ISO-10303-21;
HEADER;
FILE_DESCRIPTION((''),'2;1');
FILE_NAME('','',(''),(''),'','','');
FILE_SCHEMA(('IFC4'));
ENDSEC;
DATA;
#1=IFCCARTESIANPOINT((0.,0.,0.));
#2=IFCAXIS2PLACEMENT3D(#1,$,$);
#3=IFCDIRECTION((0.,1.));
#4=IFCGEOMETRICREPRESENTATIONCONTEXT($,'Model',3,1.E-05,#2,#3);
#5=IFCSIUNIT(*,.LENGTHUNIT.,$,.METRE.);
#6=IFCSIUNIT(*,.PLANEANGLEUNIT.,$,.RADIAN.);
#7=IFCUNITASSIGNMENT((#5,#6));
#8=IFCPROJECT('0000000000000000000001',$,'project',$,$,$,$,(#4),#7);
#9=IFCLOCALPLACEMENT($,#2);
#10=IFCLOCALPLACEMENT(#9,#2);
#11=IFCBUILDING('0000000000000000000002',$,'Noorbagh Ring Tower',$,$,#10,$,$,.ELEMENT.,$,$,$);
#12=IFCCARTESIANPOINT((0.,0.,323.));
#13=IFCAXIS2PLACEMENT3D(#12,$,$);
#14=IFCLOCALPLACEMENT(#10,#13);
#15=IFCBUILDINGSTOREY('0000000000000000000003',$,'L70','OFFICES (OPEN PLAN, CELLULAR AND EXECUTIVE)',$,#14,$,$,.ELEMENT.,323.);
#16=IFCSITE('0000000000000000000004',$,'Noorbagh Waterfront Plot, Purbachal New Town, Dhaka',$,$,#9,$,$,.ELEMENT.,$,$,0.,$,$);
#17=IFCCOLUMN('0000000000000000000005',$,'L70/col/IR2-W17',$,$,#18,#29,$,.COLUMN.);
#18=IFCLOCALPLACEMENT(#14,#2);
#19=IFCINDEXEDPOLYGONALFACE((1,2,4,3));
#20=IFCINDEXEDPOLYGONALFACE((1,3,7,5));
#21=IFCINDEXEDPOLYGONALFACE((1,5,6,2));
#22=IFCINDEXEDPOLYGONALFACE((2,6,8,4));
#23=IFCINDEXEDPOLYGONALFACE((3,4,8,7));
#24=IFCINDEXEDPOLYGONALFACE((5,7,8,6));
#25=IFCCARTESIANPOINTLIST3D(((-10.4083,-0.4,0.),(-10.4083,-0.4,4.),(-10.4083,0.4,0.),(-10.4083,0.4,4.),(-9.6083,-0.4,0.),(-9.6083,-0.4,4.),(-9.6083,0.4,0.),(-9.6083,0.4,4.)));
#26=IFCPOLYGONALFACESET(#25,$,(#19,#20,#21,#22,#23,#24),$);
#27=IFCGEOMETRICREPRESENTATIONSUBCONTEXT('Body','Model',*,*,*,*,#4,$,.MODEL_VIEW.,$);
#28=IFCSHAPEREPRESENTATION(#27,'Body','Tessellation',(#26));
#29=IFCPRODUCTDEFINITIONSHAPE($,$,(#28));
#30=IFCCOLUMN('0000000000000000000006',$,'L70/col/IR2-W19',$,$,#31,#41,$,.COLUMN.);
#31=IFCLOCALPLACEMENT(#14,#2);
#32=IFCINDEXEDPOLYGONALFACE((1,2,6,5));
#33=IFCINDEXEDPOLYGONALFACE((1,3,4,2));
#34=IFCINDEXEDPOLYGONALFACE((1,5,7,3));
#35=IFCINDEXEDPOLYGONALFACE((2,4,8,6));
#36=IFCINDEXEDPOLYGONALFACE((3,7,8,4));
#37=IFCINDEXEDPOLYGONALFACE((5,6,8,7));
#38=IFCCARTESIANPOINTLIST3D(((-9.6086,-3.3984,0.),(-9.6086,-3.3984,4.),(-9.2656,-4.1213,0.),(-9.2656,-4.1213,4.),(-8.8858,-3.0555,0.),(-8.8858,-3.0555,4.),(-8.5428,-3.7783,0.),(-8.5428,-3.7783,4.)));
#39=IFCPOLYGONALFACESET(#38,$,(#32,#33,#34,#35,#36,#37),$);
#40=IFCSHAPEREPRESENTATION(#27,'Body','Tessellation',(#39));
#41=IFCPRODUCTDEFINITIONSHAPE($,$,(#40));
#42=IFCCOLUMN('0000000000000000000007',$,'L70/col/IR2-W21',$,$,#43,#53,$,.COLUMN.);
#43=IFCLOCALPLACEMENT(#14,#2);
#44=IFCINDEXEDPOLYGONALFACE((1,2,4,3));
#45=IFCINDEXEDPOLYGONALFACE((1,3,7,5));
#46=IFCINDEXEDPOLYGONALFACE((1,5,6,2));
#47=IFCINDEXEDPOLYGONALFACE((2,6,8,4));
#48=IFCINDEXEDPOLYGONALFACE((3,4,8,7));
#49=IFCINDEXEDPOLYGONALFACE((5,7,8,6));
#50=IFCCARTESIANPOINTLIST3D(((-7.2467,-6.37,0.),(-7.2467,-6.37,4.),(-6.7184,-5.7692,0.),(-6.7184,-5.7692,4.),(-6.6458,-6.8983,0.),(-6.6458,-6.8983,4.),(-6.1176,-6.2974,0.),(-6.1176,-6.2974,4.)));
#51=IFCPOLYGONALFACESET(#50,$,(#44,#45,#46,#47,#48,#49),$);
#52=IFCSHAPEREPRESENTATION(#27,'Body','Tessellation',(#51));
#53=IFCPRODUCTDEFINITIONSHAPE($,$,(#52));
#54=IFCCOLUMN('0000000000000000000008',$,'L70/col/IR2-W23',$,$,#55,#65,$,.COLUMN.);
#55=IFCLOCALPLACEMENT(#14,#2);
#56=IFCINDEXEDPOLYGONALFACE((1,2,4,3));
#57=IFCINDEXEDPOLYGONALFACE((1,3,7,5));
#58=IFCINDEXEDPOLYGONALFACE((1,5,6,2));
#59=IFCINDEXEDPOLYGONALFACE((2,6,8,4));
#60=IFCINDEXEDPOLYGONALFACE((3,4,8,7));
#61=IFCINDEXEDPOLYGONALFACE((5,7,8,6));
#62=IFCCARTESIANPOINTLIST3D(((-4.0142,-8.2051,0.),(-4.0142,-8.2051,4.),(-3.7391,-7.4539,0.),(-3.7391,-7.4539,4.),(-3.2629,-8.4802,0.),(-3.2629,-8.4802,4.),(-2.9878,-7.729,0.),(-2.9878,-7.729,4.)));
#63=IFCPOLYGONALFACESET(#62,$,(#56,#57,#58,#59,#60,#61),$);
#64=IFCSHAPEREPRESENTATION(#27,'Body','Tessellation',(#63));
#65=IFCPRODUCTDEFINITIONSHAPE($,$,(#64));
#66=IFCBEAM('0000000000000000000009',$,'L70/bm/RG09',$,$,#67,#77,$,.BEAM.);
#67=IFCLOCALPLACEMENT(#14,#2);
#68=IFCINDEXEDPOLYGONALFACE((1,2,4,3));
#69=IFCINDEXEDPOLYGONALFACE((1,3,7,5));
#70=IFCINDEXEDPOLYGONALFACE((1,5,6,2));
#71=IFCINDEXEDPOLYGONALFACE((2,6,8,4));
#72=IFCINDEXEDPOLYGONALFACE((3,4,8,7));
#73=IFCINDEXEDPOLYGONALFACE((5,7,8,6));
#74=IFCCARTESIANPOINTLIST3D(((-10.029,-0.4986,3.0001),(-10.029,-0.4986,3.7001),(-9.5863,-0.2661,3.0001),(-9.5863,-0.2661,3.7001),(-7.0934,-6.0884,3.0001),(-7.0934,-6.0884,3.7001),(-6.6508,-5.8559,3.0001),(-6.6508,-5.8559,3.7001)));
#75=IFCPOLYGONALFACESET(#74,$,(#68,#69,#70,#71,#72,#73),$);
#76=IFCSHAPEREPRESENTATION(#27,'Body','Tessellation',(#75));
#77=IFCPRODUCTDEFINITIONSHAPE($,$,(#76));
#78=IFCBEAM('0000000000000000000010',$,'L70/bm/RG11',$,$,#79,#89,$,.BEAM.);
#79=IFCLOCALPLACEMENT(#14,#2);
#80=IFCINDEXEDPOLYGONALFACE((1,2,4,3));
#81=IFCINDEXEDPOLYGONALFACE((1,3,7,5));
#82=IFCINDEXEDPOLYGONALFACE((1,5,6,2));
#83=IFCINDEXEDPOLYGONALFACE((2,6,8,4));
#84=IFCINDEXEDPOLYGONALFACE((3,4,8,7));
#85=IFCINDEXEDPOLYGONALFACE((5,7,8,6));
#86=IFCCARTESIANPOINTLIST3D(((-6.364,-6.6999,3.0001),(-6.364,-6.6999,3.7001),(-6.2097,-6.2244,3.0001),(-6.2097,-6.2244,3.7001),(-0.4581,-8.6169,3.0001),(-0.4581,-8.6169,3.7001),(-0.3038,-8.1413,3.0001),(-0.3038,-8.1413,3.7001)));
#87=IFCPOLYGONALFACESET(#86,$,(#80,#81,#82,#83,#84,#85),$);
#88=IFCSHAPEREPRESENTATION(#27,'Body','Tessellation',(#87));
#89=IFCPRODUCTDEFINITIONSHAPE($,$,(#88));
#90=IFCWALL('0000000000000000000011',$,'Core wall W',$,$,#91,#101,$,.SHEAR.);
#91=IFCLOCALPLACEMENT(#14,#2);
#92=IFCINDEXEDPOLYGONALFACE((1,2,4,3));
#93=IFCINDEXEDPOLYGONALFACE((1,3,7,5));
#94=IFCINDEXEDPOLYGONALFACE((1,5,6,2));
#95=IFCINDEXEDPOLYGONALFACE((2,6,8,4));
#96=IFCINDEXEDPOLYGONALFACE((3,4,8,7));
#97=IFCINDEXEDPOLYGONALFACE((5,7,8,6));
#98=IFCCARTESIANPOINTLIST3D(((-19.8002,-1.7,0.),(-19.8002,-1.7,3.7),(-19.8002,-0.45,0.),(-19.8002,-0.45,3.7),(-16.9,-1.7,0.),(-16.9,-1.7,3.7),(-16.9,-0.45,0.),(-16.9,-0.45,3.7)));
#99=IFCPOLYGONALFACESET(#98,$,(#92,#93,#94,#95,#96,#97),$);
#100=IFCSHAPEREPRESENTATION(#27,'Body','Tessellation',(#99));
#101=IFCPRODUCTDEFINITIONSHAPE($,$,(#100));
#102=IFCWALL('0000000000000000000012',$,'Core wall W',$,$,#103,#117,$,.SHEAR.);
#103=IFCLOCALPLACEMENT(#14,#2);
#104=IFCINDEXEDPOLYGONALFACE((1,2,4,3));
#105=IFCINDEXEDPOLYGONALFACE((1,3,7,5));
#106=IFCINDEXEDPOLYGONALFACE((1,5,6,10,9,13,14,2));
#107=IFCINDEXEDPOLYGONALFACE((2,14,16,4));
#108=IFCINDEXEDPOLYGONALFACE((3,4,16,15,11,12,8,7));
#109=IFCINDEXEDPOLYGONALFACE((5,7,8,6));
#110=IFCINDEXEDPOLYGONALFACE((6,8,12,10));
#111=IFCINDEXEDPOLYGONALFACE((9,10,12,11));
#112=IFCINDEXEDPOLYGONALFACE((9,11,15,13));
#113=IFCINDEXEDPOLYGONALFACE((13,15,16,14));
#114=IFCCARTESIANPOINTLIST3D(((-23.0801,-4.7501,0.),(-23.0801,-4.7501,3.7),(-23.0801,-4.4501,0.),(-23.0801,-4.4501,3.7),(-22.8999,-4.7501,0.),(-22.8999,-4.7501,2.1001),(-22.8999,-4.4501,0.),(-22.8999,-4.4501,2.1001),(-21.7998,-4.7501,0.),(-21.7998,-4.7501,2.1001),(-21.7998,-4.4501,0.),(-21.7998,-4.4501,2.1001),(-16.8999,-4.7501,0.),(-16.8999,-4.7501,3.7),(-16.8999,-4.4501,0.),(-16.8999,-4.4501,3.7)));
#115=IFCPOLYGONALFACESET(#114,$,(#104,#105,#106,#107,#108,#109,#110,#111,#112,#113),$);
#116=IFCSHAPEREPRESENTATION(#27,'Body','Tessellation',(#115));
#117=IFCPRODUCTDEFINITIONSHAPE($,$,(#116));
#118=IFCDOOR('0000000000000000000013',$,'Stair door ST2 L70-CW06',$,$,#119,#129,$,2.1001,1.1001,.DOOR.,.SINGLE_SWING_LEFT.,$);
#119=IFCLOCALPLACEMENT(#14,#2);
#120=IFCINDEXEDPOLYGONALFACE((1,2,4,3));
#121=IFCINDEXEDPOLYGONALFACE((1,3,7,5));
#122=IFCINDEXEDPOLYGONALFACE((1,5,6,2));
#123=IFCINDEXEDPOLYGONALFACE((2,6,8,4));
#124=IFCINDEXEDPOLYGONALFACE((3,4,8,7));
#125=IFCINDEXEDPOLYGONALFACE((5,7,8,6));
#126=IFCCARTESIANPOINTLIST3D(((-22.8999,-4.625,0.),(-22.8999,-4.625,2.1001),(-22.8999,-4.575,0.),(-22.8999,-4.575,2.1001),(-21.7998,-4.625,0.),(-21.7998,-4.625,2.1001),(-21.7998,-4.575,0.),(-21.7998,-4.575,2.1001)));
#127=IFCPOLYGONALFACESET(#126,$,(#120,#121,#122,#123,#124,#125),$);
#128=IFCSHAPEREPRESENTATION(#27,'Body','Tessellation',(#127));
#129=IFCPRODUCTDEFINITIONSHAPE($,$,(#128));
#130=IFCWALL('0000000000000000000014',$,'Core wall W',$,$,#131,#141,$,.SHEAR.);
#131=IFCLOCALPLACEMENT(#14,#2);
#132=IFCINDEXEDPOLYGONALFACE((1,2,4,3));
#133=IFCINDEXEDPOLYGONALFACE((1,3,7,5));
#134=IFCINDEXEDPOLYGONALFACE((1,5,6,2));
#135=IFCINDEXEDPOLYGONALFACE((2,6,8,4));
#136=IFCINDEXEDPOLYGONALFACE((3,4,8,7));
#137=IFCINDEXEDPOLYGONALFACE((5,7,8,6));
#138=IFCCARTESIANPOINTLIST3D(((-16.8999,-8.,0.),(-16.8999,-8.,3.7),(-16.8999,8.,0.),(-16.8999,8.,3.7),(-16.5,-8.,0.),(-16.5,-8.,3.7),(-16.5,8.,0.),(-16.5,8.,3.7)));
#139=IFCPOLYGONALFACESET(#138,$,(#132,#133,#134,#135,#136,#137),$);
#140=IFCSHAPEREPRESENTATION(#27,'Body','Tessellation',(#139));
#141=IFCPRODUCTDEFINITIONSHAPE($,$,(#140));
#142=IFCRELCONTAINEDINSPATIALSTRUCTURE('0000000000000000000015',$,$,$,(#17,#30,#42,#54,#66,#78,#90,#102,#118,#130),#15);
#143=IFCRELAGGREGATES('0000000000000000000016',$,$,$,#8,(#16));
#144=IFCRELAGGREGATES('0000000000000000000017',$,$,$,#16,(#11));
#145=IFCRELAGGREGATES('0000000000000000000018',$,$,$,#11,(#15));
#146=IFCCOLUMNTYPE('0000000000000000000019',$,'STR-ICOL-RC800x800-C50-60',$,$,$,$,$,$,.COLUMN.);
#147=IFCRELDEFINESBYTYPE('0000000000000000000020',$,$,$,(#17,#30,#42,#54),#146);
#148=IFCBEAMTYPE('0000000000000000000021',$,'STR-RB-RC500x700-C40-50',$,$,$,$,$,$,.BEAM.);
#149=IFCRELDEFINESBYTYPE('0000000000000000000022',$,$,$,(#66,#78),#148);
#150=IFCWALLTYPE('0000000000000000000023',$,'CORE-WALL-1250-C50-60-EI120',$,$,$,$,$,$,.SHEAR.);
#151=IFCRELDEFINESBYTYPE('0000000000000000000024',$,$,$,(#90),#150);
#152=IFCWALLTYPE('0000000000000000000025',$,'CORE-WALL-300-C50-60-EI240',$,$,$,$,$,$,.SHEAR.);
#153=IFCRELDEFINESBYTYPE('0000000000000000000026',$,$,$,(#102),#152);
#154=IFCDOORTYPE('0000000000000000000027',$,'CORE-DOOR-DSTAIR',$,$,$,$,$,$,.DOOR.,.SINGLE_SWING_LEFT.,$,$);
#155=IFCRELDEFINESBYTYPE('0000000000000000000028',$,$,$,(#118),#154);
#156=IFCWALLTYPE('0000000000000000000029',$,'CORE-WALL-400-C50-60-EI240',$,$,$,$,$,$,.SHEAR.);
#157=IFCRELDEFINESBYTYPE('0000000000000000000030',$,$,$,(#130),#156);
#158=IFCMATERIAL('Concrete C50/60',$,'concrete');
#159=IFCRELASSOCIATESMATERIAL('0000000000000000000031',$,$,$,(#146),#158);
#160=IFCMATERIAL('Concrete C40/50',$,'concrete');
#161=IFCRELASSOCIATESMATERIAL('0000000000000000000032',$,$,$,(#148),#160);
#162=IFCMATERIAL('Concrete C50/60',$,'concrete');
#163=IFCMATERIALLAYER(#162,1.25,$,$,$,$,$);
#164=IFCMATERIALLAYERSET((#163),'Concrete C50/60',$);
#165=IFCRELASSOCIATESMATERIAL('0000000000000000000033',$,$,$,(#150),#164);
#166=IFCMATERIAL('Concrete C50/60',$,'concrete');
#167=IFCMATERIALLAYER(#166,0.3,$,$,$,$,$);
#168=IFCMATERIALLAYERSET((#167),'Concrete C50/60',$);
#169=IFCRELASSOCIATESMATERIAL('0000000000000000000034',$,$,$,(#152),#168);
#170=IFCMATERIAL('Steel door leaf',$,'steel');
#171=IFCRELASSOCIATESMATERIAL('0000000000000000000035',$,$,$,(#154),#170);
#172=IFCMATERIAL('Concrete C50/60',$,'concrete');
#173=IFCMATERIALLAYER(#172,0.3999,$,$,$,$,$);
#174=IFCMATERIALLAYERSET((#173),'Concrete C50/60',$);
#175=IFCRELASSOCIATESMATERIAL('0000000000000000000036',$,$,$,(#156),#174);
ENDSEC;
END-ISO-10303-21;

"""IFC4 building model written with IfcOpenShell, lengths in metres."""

from ifc_helpers import new_model, si_unit, direction, frame, frame_2d, origin, origin_2d, place, context, subcontext, project, spatial, rectangle, extrude, material, layer, layer_set, material_profile, profile_set, type_object, element, fill, save


model = new_model("IFC4")

# Units and contexts
model_context = context("Model", 3, precision=1e-05, world=origin(), true_north=direction((0.0, 1.0)))
body_context = subcontext(model_context, "Body", "Model", "MODEL_VIEW")
ifc_project = project(units=[si_unit("LENGTHUNIT", "METRE"), si_unit("PLANEANGLEUNIT", "RADIAN")], contexts=[model_context])

# Site, building, storey
site_placement = place(None, origin())
site = spatial("IfcSite", under=ifc_project, at=site_placement, Name="Noorbagh Waterfront Plot, Purbachal New Town, Dhaka", CompositionType="ELEMENT", RefElevation=0.0)
building_placement = place(site_placement, origin())
building = spatial("IfcBuilding", under=site, at=building_placement, Name="Noorbagh Ring Tower", CompositionType="ELEMENT")
storey_placement = place(building_placement, frame((0.0, 0.0, 323.0)))
storey = spatial("IfcBuildingStorey", under=building, at=storey_placement, Name="L70", Description="OFFICES (OPEN PLAN, CELLULAR AND EXECUTIVE)", CompositionType="ELEMENT", Elevation=323.0)

# Columns
ifc_material_1 = material(Name="Concrete C50/60", Category="concrete")
ifc_material_profile_1 = material_profile(ifc_material_1, rectangle(XDim=0.8, YDim=0.8, at=origin_2d()), Name="RC800x800")
ifc_profile_set_1 = profile_set([ifc_material_profile_1], Name="Concrete C50/60")
column_type = type_object("IfcColumnType", Name="STR-ICOL-RC800x800-C50-60", PredefinedType="COLUMN", material=ifc_profile_set_1)
for number, where, z_axis, x_axis, name in (
    (1, (-10.0083, 0.0, 0.0), (0.0, 0.0, 1.0), (0.0, -1.0, 0.0), "L70/col/IR2-W17"),
    (2, (-9.0757, -3.5884, 0.0), (0.0, 0.0, 1.0), (0.428667, -0.903463, 0.0), "L70/col/IR2-W19"),
    (3, (-6.6821, -6.3337, 0.0), (0.0, 0.0, 1.0), (0.751022, -0.660277, 0.0), "L70/col/IR2-W21"),
    (4, (-3.501, -7.967, 0.0), (0.0, 0.0, 1.0), (0.93902, -0.343864, 0.0), "L70/col/IR2-W23"),
):
    element("IfcColumn", number, at=place(storey_placement, frame(where, z_axis=z_axis, x_axis=x_axis)), inside=storey, type_object=column_type, Name=name, PredefinedType="COLUMN", context=body_context, shape_type="SweptSolid", body=[
        extrude(rectangle(XDim=0.8, YDim=0.8, at=origin_2d()), origin(), (0.0, 0.0, 1.0), 4.0),
    ])

# Beams
ifc_material_2 = material(Name="Concrete C40/50", Category="concrete")
ifc_material_profile_2 = material_profile(ifc_material_2, rectangle(XDim=0.5, YDim=0.7, at=origin_2d()), Name="RC500x700")
ifc_profile_set_2 = profile_set([ifc_material_profile_2], Name="Concrete C40/50")
beam_type = type_object("IfcBeamType", Name="STR-RB-RC500x700-C40-50", PredefinedType="BEAM", material=ifc_profile_set_2)
beam_1_placement = place(storey_placement, frame((-9.8076, -0.3823, 3.3501), z_axis=(0.464943, -0.885341, 0.0), x_axis=(0.885341, 0.464943, 0.0)))
element("IfcBeam", 5, at=beam_1_placement, inside=storey, type_object=beam_type, Name="L70/bm/RG09", PredefinedType="BEAM", context=body_context, shape_type="SweptSolid", body=[
    extrude(rectangle(XDim=0.5, YDim=0.7, at=origin_2d()), origin(), (0.0, 0.0, 1.0), 6.3137),
])
beam_2_placement = place(storey_placement, frame((-6.2869, -6.4622, 3.3501), z_axis=(0.95115, -0.308728, 0.0), x_axis=(0.308728, 0.95115, 0.0)))
element("IfcBeam", 6, at=beam_2_placement, inside=storey, type_object=beam_type, Name="L70/bm/RG11", PredefinedType="BEAM", context=body_context, shape_type="SweptSolid", body=[
    extrude(rectangle(XDim=0.5, YDim=0.7, at=origin_2d()), origin(), (0.0, 0.0, 1.0), 6.2092),
])

# Wall
ifc_material_3 = material(Name="Concrete C50/60", Category="concrete")
ifc_layer_1 = layer(ifc_material_3, 1.25)
ifc_layer_set_1 = layer_set([ifc_layer_1], Name="Concrete C50/60")
wall_type_1 = type_object("IfcWallType", Name="CORE-WALL-1250-C50-60-EI120", PredefinedType="SHEAR", material=ifc_layer_set_1)
wall_1_placement = place(storey_placement, frame((-16.8999, -1.075, 0.0), z_axis=(0.0, 0.0, 1.0), x_axis=(-1.0, 0.0, 0.0)))
element("IfcWall", 7, at=wall_1_placement, inside=storey, type_object=wall_type_1, Name="Core wall W", PredefinedType="SHEAR", context=body_context, shape_type="SweptSolid", body=[
    extrude(rectangle(XDim=2.9001, YDim=1.25, at=frame_2d((1.4502, 0.0))), origin(), (0.0, 0.0, 1.0), 3.7),
])

# Wall, opening, door
ifc_material_4 = material(Name="Concrete C50/60", Category="concrete")
ifc_layer_2 = layer(ifc_material_4, 0.3)
ifc_layer_set_2 = layer_set([ifc_layer_2], Name="Concrete C50/60")
wall_type_2 = type_object("IfcWallType", Name="CORE-WALL-300-C50-60-EI240", PredefinedType="SHEAR", material=ifc_layer_set_2)
wall_2_placement = place(storey_placement, frame((-16.8999, -4.6001, 0.0), z_axis=(0.0, 0.0, 1.0), x_axis=(-1.0, 0.0, 0.0)))
wall_2 = element("IfcWall", 8, at=wall_2_placement, inside=storey, type_object=wall_type_2, Name="Core wall W", PredefinedType="SHEAR", context=body_context, shape_type="SweptSolid", body=[
    extrude(rectangle(XDim=6.1802, YDim=0.3, at=frame_2d((3.0901, 0.0))), origin(), (0.0, 0.0, 1.0), 3.7),
])
opening_1_placement = place(wall_2_placement, frame((4.8999, 0.0, 0.0)))
opening_1 = element("IfcOpeningElement", 9, at=opening_1_placement, cuts=wall_2, PredefinedType="OPENING", context=body_context, shape_type="SweptSolid", body=[
    extrude(rectangle(XDim=1.1001, YDim=2.1001, at=frame_2d((0.55, 1.05))), frame((0.0, 0.1602, 0.0), z_axis=(0.0, -1.0, 0.0), x_axis=(1.0, 0.0, 0.0)), (0.0, 0.0, 1.0), 0.3201),
])
ifc_material_5 = material(Name="Steel door leaf", Category="steel")
door_type_1 = type_object("IfcDoorType", Name="CORE-DOOR-DSTAIR", OperationType="SINGLE_SWING_LEFT", PredefinedType="DOOR", material=ifc_material_5)
door_1_placement = place(opening_1_placement, origin())
door_1 = element("IfcDoor", 10, at=door_1_placement, inside=storey, type_object=door_type_1, Name="Stair door ST2 L70-CW06", OperationType="SINGLE_SWING_LEFT", OverallHeight=2.1001, OverallWidth=1.1001, PredefinedType="DOOR", context=body_context, shape_type="SweptSolid", body=[
    extrude(rectangle(XDim=1.1001, YDim=2.1001, at=frame_2d((0.55, 1.05))), frame((0.0, 0.0249, 0.0), z_axis=(0.0, -1.0, 0.0), x_axis=(1.0, 0.0, 0.0)), (0.0, 0.0, 1.0), 0.05),
])
fill(opening_1, door_1)

# Wall
ifc_material_6 = material(Name="Concrete C50/60", Category="concrete")
ifc_layer_3 = layer(ifc_material_6, 0.3999)
ifc_layer_set_3 = layer_set([ifc_layer_3], Name="Concrete C50/60")
wall_type_3 = type_object("IfcWallType", Name="CORE-WALL-400-C50-60-EI240", PredefinedType="SHEAR", material=ifc_layer_set_3)
wall_3_placement = place(storey_placement, frame((-16.7, -8.0, 0.0), z_axis=(0.0, 0.0, 1.0), x_axis=(0.0, 1.0, 0.0)))
element("IfcWall", 11, at=wall_3_placement, inside=storey, type_object=wall_type_3, Name="Core wall W", PredefinedType="SHEAR", context=body_context, shape_type="SweptSolid", body=[
    extrude(rectangle(XDim=16.0, YDim=0.3999, at=frame_2d((8.0, 0.0))), origin(), (0.0, 0.0, 1.0), 3.7),
])

save(model, "model.ifc")
